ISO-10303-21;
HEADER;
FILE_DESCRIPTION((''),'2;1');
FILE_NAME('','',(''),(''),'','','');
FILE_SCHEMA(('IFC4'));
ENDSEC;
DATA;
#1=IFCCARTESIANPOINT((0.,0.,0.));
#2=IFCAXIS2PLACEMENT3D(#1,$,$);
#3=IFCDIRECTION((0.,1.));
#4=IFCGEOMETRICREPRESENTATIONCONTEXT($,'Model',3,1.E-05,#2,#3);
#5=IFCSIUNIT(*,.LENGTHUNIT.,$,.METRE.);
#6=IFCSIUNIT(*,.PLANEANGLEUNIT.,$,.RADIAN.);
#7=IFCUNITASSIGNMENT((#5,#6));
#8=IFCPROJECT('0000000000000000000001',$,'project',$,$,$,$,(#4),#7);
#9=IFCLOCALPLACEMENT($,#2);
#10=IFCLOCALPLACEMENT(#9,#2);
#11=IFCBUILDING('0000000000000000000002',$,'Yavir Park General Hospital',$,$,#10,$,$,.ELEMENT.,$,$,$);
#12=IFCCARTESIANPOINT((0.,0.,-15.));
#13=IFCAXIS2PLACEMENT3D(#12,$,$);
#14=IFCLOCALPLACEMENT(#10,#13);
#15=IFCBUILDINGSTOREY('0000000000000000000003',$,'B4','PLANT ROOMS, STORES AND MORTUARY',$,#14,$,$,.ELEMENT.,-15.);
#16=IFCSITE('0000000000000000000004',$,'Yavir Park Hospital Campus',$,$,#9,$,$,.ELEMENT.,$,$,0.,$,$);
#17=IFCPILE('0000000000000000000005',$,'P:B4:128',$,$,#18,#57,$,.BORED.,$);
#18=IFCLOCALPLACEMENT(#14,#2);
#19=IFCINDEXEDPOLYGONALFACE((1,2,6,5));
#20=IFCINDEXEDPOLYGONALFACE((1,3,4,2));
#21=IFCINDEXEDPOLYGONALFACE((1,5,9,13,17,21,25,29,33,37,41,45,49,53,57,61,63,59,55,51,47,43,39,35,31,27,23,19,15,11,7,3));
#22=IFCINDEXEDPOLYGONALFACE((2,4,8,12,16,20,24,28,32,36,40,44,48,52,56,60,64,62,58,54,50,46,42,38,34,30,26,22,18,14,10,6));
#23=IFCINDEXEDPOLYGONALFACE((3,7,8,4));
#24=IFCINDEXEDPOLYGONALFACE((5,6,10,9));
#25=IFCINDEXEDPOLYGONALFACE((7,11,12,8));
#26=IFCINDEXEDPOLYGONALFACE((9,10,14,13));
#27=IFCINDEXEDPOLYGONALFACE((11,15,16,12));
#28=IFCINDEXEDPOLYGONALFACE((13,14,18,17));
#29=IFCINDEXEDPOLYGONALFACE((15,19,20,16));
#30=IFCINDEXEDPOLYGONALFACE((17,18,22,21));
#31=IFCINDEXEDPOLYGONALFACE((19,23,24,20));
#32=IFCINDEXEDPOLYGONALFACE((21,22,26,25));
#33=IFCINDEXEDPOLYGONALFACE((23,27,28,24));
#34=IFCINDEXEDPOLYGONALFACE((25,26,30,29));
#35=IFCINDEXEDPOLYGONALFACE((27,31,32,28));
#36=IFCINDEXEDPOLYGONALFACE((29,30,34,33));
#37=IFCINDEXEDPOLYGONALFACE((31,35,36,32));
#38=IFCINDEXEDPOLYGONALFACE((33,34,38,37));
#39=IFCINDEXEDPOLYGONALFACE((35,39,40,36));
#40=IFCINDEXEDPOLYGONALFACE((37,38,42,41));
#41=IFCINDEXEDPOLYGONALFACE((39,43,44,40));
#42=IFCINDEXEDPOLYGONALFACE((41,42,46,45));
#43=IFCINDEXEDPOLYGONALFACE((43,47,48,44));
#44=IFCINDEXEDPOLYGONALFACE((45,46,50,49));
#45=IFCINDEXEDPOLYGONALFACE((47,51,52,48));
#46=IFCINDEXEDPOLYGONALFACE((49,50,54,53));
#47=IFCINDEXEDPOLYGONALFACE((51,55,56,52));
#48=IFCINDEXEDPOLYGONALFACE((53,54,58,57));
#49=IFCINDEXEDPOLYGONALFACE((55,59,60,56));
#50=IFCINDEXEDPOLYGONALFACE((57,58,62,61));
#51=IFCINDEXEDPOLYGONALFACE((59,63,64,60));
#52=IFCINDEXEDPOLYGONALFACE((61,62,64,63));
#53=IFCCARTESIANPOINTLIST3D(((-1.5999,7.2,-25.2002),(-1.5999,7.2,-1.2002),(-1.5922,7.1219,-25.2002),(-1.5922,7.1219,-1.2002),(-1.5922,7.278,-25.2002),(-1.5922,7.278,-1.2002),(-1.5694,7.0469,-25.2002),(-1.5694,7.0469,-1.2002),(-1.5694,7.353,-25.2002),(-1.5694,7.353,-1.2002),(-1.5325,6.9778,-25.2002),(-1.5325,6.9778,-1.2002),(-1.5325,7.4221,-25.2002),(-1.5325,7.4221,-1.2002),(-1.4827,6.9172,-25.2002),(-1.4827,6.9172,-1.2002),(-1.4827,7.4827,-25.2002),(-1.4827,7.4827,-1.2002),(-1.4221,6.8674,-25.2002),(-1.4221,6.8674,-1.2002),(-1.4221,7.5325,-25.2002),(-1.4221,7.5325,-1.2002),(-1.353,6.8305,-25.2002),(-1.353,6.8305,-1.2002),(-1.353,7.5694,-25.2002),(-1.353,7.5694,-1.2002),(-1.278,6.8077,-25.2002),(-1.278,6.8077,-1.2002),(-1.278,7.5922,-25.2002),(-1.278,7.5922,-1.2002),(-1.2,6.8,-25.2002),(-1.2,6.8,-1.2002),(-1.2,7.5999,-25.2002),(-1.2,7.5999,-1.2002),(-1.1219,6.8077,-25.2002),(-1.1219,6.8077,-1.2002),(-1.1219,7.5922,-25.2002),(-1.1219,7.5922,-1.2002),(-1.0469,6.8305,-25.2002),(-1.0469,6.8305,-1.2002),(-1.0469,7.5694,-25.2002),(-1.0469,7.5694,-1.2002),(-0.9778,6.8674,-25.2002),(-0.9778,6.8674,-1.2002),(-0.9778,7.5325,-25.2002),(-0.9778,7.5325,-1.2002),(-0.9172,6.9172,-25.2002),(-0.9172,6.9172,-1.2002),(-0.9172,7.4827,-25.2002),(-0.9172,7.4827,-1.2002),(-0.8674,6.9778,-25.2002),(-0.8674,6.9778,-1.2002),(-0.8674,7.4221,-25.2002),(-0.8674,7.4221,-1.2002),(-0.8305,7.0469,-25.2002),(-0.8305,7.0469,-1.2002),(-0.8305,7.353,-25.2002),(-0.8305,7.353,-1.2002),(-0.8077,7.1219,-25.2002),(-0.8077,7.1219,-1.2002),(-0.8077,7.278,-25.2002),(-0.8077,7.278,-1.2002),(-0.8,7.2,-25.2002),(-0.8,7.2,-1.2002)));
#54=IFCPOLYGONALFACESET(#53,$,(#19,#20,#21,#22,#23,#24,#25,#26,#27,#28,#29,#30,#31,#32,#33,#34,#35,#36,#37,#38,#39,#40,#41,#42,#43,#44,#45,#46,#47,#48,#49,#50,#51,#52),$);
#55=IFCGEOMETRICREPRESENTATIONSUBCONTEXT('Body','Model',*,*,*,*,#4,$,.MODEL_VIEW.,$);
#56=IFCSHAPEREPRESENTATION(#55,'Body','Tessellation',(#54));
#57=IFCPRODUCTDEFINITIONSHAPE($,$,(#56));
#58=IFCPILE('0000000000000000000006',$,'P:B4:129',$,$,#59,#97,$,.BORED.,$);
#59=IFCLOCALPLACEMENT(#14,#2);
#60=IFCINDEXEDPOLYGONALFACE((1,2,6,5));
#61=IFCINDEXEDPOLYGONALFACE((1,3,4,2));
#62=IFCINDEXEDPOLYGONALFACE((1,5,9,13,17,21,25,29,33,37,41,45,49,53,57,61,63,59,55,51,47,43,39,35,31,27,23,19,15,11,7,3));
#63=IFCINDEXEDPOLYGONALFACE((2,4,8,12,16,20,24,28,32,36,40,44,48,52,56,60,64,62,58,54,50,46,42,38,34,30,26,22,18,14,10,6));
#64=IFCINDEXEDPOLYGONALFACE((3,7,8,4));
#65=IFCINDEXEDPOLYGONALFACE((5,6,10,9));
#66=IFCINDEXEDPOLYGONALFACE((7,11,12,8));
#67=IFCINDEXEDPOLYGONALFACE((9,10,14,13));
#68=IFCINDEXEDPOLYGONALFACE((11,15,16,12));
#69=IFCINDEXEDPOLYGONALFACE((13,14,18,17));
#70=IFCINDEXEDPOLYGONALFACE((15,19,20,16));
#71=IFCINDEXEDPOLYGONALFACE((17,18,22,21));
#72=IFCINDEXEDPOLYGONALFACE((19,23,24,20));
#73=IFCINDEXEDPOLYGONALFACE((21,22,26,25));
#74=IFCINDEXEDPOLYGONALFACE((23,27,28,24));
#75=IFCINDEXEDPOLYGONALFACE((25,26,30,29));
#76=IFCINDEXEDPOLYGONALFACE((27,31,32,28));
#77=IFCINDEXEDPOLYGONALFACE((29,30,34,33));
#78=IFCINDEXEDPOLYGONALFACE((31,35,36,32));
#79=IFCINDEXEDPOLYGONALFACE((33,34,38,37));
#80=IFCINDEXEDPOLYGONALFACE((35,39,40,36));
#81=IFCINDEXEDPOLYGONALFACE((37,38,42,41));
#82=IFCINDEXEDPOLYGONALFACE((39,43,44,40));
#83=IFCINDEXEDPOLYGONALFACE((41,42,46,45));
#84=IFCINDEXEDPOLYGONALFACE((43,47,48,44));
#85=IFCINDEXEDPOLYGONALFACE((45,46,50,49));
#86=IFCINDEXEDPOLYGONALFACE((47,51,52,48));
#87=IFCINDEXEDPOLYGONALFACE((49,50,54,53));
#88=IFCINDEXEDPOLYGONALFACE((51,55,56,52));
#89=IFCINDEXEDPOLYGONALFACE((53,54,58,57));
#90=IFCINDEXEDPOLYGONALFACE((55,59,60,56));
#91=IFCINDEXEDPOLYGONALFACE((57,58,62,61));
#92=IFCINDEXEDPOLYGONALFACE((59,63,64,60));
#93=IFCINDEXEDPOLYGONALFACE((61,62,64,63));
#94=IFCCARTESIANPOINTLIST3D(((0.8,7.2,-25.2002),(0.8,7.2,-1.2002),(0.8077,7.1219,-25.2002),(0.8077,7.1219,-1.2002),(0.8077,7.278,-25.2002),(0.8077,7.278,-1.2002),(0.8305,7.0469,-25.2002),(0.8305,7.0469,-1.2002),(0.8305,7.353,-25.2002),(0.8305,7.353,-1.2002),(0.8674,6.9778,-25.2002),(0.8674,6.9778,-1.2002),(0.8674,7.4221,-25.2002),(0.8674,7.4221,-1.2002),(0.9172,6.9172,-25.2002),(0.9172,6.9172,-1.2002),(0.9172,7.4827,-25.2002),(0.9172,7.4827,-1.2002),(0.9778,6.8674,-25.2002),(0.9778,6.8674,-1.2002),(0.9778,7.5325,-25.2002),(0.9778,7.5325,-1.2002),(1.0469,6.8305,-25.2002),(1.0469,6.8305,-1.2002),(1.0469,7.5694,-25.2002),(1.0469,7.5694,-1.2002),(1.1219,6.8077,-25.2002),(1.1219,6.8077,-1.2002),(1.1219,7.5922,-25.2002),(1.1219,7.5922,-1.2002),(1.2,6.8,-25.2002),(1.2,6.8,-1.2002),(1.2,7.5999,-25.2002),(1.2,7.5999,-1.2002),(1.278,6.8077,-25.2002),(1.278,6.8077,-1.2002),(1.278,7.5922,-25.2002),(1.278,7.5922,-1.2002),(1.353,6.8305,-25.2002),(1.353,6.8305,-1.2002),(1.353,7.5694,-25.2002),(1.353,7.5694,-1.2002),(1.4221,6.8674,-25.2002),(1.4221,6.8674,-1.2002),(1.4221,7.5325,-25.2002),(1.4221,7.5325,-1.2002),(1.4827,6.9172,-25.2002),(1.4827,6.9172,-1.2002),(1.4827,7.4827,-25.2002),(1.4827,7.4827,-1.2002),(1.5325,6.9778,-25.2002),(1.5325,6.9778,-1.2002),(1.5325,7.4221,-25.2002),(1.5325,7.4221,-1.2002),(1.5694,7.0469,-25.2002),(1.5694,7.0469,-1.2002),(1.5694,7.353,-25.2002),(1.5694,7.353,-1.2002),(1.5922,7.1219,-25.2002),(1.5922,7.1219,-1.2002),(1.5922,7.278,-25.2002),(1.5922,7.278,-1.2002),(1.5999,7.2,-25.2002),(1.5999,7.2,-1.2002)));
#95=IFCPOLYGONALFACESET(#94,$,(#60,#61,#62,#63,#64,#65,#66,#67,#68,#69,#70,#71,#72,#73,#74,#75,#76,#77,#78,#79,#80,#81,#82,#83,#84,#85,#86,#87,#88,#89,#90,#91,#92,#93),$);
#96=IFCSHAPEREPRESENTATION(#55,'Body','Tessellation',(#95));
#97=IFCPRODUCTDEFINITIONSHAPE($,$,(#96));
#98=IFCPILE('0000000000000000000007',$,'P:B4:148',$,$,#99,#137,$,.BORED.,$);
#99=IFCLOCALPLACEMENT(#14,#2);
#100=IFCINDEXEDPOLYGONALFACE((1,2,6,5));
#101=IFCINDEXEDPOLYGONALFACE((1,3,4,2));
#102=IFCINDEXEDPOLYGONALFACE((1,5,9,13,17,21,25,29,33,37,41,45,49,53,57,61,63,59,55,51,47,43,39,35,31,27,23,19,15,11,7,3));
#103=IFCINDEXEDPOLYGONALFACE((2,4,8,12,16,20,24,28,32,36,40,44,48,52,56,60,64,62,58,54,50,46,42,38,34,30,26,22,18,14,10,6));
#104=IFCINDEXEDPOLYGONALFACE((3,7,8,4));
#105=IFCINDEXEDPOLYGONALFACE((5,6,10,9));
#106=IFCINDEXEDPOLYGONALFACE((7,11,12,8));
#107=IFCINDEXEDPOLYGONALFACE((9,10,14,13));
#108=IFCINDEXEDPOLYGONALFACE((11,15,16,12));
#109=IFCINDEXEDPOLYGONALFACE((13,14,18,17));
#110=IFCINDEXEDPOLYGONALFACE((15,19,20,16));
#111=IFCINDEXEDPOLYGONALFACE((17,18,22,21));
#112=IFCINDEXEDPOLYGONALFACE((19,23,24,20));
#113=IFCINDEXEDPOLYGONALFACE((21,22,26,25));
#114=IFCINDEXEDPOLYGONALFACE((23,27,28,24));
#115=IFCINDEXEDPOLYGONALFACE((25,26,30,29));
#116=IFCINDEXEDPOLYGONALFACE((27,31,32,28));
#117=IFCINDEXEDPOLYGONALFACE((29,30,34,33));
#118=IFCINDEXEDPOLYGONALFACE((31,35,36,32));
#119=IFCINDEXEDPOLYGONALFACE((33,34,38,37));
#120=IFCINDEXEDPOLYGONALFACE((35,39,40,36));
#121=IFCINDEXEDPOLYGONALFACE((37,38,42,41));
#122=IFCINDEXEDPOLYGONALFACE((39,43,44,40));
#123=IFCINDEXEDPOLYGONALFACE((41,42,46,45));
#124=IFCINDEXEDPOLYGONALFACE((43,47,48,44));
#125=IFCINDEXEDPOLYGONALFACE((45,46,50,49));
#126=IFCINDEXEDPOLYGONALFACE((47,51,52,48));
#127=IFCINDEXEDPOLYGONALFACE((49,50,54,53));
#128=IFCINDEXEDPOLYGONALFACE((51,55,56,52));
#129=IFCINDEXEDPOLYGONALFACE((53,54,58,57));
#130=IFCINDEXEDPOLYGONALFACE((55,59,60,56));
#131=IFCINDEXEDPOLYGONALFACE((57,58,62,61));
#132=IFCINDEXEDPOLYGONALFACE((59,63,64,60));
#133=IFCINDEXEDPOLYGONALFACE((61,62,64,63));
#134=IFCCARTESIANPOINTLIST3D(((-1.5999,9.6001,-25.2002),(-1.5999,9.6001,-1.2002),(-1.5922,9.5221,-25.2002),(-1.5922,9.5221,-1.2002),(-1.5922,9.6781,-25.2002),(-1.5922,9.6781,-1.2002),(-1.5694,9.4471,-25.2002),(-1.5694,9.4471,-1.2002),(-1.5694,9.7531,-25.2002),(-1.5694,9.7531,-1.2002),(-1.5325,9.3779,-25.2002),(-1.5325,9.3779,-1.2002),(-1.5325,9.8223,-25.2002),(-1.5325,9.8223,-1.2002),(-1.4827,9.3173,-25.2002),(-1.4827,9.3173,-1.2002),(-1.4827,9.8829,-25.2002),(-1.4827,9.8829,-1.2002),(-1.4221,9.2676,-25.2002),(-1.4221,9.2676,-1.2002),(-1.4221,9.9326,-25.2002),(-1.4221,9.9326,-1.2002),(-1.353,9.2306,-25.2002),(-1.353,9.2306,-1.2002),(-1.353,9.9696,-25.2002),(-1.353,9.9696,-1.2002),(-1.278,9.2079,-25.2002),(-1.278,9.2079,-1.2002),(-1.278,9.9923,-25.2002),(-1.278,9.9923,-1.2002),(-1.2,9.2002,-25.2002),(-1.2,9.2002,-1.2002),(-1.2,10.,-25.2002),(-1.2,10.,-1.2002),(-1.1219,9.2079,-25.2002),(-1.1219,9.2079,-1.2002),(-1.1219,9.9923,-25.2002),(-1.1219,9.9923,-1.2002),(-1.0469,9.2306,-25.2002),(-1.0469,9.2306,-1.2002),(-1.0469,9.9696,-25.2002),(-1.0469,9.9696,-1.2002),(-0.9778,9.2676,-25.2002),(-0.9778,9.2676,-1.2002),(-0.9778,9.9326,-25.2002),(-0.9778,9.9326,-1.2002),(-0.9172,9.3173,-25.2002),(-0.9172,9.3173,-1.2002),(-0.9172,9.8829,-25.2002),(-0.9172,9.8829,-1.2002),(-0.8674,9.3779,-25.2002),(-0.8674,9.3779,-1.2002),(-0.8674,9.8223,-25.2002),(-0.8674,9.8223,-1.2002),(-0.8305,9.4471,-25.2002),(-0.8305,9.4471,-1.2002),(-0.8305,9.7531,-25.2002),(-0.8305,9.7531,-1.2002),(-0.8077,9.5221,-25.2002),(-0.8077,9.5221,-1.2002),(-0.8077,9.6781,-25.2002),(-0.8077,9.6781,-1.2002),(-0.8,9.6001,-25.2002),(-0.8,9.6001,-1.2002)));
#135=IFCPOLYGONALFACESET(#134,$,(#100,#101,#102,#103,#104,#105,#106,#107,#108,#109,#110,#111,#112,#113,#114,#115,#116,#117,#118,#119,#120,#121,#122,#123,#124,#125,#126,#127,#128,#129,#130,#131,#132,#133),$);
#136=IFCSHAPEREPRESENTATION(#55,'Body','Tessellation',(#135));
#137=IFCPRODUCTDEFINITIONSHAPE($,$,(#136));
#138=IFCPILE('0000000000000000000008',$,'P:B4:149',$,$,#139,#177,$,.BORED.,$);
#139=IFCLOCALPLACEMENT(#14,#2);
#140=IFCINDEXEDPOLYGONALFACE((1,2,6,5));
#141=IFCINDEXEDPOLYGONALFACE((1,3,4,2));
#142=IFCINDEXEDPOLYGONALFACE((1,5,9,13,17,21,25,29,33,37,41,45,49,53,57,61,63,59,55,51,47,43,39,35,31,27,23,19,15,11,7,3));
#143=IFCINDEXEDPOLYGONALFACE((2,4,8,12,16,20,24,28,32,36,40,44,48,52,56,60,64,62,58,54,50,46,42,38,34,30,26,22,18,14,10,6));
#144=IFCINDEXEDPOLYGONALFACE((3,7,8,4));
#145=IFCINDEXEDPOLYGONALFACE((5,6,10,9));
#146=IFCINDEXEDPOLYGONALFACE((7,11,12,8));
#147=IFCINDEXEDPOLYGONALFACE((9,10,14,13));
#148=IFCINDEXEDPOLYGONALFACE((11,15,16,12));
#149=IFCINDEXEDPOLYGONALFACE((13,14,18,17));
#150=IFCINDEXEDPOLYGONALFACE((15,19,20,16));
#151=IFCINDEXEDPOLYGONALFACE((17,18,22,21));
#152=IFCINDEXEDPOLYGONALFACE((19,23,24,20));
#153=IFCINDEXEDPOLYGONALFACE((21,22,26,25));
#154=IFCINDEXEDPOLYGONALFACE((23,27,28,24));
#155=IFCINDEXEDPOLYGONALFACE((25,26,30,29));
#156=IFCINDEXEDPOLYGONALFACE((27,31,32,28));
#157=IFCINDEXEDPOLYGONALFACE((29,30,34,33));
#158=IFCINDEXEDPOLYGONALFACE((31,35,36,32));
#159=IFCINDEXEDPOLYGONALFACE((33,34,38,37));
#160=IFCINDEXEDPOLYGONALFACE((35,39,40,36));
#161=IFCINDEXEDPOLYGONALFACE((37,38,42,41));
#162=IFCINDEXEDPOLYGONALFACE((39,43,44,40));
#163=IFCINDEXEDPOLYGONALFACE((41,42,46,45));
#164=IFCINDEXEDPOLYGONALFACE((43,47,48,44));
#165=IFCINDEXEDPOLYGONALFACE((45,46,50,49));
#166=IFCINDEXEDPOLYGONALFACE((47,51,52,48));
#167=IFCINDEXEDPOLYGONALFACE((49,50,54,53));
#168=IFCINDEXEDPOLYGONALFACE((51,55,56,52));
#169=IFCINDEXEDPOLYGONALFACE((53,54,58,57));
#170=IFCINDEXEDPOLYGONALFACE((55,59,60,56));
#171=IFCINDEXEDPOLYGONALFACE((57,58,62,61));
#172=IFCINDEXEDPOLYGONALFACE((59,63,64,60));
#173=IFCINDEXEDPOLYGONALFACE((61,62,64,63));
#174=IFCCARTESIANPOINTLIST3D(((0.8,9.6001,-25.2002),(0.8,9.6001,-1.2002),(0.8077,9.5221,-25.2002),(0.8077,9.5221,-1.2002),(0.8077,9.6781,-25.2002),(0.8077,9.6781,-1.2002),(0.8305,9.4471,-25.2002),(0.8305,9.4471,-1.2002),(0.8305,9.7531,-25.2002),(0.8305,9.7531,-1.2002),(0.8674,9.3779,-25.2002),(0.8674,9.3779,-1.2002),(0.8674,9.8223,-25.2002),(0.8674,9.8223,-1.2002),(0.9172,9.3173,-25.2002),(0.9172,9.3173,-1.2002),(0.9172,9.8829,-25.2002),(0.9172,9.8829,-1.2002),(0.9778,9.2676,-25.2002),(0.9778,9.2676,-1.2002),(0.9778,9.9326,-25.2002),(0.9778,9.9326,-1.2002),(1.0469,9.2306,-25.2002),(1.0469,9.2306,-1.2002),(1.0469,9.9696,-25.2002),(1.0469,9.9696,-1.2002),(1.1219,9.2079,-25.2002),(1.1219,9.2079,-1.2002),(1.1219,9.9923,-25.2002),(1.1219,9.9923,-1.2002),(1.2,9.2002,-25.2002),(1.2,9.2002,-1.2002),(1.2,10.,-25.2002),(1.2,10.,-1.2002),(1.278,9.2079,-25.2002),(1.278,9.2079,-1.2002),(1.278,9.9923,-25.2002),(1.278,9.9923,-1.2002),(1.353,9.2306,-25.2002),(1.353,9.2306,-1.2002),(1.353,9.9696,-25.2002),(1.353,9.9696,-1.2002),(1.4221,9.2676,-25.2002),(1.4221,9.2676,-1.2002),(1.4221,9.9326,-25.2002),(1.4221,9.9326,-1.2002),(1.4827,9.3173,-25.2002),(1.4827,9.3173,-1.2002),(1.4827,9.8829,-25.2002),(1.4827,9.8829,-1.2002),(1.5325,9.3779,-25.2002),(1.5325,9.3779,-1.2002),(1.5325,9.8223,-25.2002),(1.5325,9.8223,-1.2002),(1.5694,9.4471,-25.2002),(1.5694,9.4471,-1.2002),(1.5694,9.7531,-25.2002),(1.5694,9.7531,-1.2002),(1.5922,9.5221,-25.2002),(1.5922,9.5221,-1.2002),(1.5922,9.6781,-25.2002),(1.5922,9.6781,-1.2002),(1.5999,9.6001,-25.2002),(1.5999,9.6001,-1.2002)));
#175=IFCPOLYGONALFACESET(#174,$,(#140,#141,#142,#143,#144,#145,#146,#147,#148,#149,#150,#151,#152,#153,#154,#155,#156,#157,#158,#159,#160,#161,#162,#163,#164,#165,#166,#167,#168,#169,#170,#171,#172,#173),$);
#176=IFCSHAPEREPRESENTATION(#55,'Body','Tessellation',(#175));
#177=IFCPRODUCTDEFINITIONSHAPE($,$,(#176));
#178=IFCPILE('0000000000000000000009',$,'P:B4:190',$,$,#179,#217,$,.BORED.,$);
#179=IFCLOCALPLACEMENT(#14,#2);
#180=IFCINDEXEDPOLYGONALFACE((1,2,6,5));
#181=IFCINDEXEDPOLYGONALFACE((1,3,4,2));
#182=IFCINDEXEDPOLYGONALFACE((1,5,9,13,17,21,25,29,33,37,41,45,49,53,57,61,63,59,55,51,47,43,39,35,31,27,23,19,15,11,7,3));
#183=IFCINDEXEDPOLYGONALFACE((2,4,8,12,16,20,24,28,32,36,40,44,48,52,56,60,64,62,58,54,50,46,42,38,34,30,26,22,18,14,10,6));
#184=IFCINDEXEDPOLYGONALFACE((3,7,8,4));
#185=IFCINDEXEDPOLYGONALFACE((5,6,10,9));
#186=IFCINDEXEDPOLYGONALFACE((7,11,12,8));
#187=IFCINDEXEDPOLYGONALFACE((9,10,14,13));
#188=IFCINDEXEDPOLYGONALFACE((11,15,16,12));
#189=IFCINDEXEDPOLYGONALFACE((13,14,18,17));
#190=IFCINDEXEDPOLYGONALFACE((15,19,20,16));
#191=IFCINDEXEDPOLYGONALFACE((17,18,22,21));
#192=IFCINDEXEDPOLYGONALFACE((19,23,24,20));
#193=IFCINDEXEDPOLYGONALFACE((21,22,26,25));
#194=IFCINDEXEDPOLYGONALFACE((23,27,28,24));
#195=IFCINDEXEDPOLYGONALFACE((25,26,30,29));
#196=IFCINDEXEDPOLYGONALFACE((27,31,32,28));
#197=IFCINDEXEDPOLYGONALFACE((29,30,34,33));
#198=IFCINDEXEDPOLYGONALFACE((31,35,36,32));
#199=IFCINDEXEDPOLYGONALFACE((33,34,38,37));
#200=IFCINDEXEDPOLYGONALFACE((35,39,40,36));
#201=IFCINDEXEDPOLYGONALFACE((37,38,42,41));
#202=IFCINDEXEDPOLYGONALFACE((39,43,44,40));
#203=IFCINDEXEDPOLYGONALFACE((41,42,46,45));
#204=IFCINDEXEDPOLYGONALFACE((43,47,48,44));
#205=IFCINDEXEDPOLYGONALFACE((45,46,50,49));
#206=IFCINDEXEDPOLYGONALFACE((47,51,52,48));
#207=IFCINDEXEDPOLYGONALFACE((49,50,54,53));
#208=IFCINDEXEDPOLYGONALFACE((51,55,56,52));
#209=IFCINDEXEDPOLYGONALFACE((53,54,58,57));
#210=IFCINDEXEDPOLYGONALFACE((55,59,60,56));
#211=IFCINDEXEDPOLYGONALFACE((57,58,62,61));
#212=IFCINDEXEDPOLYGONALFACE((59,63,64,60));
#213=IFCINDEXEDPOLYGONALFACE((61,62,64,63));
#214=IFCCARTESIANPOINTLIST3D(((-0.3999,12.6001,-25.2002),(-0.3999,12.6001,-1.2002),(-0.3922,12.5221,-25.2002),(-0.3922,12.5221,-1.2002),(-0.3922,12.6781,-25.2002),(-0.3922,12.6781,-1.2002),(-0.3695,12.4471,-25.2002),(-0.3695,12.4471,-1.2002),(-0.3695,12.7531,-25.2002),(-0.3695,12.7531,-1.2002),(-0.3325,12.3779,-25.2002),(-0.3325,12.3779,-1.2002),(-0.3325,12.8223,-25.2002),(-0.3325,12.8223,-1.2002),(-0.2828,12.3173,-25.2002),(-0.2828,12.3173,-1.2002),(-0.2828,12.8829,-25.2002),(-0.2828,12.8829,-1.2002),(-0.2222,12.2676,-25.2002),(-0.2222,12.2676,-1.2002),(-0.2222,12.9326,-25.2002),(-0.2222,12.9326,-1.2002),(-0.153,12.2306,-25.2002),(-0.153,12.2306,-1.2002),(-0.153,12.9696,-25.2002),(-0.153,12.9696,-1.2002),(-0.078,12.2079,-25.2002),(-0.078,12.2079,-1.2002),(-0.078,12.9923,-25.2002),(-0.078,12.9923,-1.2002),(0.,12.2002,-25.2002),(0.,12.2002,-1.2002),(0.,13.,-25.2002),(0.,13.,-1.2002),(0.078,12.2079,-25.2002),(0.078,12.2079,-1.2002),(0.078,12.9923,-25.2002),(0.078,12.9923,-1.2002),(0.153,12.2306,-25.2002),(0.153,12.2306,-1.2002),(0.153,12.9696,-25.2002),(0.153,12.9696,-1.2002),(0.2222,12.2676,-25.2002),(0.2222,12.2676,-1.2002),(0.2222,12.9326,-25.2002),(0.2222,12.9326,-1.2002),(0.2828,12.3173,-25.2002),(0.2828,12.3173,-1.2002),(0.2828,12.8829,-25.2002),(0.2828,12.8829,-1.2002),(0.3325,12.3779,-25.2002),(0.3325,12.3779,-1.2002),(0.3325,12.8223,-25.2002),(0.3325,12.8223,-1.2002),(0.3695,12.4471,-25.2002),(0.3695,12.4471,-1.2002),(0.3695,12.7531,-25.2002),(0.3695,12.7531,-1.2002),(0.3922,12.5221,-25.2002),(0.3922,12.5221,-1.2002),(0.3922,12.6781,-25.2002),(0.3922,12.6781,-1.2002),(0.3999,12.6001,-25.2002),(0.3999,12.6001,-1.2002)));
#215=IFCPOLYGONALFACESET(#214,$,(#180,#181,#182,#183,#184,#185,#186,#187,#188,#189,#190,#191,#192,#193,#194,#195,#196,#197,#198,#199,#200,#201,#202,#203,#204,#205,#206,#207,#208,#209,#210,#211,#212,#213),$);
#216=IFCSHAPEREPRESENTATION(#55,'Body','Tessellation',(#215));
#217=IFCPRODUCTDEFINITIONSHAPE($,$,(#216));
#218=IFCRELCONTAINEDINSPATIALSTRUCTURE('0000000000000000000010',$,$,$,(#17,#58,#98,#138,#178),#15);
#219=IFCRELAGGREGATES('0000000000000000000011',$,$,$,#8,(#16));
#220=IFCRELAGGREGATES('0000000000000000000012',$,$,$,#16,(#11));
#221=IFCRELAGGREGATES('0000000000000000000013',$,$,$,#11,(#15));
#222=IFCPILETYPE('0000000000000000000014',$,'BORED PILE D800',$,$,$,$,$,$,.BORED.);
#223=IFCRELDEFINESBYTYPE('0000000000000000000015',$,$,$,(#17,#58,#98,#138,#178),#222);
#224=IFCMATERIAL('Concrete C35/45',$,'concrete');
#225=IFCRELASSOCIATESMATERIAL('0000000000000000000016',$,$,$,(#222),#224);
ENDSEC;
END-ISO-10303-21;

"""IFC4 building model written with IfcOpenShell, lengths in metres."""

from ifc_helpers import new_model, si_unit, direction, frame, origin, origin_2d, place, context, subcontext, project, spatial, circle, extrude, material, material_profile, profile_set, type_object, element, save


model = new_model("IFC4")

# Units and contexts
model_context = context("Model", 3, precision=1e-05, world=origin(), true_north=direction((0.0, 1.0)))
body_context = subcontext(model_context, "Body", "Model", "MODEL_VIEW")
ifc_project = project(units=[si_unit("LENGTHUNIT", "METRE"), si_unit("PLANEANGLEUNIT", "RADIAN")], contexts=[model_context])

# Site, building, storey
site_placement = place(None, origin())
site = spatial("IfcSite", under=ifc_project, at=site_placement, Name="Yavir Park Hospital Campus", CompositionType="ELEMENT", RefElevation=0.0)
building_placement = place(site_placement, origin())
building = spatial("IfcBuilding", under=site, at=building_placement, Name="Yavir Park General Hospital", CompositionType="ELEMENT")
storey_placement = place(building_placement, frame((0.0, 0.0, -15.0)))
storey = spatial("IfcBuildingStorey", under=building, at=storey_placement, Name="B4", Description="PLANT ROOMS, STORES AND MORTUARY", CompositionType="ELEMENT", Elevation=-15.0)

# Piles
ifc_material_1 = material(Name="Concrete C35/45", Category="concrete")
ifc_material_profile_1 = material_profile(ifc_material_1, circle(Radius=0.3999, at=origin_2d()), Name="D800")
ifc_profile_set_1 = profile_set([ifc_material_profile_1], Name="Concrete C35/45")
pile_type = type_object("IfcPileType", Name="BORED PILE D800", PredefinedType="BORED", material=ifc_profile_set_1)
for number, where, z_axis, x_axis, name in (
    (1, (-1.2, 7.2, -1.2002), (0.0, 0.0, -1.0), (1.0, 0.0, 0.0), "P:B4:128"),
    (2, (1.2, 7.2, -1.2002), (0.0, 0.0, -1.0), (1.0, 0.0, 0.0), "P:B4:129"),
    (3, (-1.2, 9.6001, -1.2002), (0.0, 0.0, -1.0), (1.0, 0.0, 0.0), "P:B4:148"),
    (4, (1.2, 9.6001, -1.2002), (0.0, 0.0, -1.0), (1.0, 0.0, 0.0), "P:B4:149"),
    (5, (0.0, 12.6001, -1.2002), (0.0, 0.0, -1.0), (1.0, 0.0, 0.0), "P:B4:190"),
):
    element("IfcPile", number, at=place(storey_placement, frame(where, z_axis=z_axis, x_axis=x_axis)), inside=storey, type_object=pile_type, Name=name, PredefinedType="BORED", context=body_context, shape_type="SweptSolid", body=[
        extrude(circle(Radius=0.3999, at=origin_2d()), origin(), (0.0, 0.0, 1.0), 24.0),
    ])

save(model, "model.ifc")
